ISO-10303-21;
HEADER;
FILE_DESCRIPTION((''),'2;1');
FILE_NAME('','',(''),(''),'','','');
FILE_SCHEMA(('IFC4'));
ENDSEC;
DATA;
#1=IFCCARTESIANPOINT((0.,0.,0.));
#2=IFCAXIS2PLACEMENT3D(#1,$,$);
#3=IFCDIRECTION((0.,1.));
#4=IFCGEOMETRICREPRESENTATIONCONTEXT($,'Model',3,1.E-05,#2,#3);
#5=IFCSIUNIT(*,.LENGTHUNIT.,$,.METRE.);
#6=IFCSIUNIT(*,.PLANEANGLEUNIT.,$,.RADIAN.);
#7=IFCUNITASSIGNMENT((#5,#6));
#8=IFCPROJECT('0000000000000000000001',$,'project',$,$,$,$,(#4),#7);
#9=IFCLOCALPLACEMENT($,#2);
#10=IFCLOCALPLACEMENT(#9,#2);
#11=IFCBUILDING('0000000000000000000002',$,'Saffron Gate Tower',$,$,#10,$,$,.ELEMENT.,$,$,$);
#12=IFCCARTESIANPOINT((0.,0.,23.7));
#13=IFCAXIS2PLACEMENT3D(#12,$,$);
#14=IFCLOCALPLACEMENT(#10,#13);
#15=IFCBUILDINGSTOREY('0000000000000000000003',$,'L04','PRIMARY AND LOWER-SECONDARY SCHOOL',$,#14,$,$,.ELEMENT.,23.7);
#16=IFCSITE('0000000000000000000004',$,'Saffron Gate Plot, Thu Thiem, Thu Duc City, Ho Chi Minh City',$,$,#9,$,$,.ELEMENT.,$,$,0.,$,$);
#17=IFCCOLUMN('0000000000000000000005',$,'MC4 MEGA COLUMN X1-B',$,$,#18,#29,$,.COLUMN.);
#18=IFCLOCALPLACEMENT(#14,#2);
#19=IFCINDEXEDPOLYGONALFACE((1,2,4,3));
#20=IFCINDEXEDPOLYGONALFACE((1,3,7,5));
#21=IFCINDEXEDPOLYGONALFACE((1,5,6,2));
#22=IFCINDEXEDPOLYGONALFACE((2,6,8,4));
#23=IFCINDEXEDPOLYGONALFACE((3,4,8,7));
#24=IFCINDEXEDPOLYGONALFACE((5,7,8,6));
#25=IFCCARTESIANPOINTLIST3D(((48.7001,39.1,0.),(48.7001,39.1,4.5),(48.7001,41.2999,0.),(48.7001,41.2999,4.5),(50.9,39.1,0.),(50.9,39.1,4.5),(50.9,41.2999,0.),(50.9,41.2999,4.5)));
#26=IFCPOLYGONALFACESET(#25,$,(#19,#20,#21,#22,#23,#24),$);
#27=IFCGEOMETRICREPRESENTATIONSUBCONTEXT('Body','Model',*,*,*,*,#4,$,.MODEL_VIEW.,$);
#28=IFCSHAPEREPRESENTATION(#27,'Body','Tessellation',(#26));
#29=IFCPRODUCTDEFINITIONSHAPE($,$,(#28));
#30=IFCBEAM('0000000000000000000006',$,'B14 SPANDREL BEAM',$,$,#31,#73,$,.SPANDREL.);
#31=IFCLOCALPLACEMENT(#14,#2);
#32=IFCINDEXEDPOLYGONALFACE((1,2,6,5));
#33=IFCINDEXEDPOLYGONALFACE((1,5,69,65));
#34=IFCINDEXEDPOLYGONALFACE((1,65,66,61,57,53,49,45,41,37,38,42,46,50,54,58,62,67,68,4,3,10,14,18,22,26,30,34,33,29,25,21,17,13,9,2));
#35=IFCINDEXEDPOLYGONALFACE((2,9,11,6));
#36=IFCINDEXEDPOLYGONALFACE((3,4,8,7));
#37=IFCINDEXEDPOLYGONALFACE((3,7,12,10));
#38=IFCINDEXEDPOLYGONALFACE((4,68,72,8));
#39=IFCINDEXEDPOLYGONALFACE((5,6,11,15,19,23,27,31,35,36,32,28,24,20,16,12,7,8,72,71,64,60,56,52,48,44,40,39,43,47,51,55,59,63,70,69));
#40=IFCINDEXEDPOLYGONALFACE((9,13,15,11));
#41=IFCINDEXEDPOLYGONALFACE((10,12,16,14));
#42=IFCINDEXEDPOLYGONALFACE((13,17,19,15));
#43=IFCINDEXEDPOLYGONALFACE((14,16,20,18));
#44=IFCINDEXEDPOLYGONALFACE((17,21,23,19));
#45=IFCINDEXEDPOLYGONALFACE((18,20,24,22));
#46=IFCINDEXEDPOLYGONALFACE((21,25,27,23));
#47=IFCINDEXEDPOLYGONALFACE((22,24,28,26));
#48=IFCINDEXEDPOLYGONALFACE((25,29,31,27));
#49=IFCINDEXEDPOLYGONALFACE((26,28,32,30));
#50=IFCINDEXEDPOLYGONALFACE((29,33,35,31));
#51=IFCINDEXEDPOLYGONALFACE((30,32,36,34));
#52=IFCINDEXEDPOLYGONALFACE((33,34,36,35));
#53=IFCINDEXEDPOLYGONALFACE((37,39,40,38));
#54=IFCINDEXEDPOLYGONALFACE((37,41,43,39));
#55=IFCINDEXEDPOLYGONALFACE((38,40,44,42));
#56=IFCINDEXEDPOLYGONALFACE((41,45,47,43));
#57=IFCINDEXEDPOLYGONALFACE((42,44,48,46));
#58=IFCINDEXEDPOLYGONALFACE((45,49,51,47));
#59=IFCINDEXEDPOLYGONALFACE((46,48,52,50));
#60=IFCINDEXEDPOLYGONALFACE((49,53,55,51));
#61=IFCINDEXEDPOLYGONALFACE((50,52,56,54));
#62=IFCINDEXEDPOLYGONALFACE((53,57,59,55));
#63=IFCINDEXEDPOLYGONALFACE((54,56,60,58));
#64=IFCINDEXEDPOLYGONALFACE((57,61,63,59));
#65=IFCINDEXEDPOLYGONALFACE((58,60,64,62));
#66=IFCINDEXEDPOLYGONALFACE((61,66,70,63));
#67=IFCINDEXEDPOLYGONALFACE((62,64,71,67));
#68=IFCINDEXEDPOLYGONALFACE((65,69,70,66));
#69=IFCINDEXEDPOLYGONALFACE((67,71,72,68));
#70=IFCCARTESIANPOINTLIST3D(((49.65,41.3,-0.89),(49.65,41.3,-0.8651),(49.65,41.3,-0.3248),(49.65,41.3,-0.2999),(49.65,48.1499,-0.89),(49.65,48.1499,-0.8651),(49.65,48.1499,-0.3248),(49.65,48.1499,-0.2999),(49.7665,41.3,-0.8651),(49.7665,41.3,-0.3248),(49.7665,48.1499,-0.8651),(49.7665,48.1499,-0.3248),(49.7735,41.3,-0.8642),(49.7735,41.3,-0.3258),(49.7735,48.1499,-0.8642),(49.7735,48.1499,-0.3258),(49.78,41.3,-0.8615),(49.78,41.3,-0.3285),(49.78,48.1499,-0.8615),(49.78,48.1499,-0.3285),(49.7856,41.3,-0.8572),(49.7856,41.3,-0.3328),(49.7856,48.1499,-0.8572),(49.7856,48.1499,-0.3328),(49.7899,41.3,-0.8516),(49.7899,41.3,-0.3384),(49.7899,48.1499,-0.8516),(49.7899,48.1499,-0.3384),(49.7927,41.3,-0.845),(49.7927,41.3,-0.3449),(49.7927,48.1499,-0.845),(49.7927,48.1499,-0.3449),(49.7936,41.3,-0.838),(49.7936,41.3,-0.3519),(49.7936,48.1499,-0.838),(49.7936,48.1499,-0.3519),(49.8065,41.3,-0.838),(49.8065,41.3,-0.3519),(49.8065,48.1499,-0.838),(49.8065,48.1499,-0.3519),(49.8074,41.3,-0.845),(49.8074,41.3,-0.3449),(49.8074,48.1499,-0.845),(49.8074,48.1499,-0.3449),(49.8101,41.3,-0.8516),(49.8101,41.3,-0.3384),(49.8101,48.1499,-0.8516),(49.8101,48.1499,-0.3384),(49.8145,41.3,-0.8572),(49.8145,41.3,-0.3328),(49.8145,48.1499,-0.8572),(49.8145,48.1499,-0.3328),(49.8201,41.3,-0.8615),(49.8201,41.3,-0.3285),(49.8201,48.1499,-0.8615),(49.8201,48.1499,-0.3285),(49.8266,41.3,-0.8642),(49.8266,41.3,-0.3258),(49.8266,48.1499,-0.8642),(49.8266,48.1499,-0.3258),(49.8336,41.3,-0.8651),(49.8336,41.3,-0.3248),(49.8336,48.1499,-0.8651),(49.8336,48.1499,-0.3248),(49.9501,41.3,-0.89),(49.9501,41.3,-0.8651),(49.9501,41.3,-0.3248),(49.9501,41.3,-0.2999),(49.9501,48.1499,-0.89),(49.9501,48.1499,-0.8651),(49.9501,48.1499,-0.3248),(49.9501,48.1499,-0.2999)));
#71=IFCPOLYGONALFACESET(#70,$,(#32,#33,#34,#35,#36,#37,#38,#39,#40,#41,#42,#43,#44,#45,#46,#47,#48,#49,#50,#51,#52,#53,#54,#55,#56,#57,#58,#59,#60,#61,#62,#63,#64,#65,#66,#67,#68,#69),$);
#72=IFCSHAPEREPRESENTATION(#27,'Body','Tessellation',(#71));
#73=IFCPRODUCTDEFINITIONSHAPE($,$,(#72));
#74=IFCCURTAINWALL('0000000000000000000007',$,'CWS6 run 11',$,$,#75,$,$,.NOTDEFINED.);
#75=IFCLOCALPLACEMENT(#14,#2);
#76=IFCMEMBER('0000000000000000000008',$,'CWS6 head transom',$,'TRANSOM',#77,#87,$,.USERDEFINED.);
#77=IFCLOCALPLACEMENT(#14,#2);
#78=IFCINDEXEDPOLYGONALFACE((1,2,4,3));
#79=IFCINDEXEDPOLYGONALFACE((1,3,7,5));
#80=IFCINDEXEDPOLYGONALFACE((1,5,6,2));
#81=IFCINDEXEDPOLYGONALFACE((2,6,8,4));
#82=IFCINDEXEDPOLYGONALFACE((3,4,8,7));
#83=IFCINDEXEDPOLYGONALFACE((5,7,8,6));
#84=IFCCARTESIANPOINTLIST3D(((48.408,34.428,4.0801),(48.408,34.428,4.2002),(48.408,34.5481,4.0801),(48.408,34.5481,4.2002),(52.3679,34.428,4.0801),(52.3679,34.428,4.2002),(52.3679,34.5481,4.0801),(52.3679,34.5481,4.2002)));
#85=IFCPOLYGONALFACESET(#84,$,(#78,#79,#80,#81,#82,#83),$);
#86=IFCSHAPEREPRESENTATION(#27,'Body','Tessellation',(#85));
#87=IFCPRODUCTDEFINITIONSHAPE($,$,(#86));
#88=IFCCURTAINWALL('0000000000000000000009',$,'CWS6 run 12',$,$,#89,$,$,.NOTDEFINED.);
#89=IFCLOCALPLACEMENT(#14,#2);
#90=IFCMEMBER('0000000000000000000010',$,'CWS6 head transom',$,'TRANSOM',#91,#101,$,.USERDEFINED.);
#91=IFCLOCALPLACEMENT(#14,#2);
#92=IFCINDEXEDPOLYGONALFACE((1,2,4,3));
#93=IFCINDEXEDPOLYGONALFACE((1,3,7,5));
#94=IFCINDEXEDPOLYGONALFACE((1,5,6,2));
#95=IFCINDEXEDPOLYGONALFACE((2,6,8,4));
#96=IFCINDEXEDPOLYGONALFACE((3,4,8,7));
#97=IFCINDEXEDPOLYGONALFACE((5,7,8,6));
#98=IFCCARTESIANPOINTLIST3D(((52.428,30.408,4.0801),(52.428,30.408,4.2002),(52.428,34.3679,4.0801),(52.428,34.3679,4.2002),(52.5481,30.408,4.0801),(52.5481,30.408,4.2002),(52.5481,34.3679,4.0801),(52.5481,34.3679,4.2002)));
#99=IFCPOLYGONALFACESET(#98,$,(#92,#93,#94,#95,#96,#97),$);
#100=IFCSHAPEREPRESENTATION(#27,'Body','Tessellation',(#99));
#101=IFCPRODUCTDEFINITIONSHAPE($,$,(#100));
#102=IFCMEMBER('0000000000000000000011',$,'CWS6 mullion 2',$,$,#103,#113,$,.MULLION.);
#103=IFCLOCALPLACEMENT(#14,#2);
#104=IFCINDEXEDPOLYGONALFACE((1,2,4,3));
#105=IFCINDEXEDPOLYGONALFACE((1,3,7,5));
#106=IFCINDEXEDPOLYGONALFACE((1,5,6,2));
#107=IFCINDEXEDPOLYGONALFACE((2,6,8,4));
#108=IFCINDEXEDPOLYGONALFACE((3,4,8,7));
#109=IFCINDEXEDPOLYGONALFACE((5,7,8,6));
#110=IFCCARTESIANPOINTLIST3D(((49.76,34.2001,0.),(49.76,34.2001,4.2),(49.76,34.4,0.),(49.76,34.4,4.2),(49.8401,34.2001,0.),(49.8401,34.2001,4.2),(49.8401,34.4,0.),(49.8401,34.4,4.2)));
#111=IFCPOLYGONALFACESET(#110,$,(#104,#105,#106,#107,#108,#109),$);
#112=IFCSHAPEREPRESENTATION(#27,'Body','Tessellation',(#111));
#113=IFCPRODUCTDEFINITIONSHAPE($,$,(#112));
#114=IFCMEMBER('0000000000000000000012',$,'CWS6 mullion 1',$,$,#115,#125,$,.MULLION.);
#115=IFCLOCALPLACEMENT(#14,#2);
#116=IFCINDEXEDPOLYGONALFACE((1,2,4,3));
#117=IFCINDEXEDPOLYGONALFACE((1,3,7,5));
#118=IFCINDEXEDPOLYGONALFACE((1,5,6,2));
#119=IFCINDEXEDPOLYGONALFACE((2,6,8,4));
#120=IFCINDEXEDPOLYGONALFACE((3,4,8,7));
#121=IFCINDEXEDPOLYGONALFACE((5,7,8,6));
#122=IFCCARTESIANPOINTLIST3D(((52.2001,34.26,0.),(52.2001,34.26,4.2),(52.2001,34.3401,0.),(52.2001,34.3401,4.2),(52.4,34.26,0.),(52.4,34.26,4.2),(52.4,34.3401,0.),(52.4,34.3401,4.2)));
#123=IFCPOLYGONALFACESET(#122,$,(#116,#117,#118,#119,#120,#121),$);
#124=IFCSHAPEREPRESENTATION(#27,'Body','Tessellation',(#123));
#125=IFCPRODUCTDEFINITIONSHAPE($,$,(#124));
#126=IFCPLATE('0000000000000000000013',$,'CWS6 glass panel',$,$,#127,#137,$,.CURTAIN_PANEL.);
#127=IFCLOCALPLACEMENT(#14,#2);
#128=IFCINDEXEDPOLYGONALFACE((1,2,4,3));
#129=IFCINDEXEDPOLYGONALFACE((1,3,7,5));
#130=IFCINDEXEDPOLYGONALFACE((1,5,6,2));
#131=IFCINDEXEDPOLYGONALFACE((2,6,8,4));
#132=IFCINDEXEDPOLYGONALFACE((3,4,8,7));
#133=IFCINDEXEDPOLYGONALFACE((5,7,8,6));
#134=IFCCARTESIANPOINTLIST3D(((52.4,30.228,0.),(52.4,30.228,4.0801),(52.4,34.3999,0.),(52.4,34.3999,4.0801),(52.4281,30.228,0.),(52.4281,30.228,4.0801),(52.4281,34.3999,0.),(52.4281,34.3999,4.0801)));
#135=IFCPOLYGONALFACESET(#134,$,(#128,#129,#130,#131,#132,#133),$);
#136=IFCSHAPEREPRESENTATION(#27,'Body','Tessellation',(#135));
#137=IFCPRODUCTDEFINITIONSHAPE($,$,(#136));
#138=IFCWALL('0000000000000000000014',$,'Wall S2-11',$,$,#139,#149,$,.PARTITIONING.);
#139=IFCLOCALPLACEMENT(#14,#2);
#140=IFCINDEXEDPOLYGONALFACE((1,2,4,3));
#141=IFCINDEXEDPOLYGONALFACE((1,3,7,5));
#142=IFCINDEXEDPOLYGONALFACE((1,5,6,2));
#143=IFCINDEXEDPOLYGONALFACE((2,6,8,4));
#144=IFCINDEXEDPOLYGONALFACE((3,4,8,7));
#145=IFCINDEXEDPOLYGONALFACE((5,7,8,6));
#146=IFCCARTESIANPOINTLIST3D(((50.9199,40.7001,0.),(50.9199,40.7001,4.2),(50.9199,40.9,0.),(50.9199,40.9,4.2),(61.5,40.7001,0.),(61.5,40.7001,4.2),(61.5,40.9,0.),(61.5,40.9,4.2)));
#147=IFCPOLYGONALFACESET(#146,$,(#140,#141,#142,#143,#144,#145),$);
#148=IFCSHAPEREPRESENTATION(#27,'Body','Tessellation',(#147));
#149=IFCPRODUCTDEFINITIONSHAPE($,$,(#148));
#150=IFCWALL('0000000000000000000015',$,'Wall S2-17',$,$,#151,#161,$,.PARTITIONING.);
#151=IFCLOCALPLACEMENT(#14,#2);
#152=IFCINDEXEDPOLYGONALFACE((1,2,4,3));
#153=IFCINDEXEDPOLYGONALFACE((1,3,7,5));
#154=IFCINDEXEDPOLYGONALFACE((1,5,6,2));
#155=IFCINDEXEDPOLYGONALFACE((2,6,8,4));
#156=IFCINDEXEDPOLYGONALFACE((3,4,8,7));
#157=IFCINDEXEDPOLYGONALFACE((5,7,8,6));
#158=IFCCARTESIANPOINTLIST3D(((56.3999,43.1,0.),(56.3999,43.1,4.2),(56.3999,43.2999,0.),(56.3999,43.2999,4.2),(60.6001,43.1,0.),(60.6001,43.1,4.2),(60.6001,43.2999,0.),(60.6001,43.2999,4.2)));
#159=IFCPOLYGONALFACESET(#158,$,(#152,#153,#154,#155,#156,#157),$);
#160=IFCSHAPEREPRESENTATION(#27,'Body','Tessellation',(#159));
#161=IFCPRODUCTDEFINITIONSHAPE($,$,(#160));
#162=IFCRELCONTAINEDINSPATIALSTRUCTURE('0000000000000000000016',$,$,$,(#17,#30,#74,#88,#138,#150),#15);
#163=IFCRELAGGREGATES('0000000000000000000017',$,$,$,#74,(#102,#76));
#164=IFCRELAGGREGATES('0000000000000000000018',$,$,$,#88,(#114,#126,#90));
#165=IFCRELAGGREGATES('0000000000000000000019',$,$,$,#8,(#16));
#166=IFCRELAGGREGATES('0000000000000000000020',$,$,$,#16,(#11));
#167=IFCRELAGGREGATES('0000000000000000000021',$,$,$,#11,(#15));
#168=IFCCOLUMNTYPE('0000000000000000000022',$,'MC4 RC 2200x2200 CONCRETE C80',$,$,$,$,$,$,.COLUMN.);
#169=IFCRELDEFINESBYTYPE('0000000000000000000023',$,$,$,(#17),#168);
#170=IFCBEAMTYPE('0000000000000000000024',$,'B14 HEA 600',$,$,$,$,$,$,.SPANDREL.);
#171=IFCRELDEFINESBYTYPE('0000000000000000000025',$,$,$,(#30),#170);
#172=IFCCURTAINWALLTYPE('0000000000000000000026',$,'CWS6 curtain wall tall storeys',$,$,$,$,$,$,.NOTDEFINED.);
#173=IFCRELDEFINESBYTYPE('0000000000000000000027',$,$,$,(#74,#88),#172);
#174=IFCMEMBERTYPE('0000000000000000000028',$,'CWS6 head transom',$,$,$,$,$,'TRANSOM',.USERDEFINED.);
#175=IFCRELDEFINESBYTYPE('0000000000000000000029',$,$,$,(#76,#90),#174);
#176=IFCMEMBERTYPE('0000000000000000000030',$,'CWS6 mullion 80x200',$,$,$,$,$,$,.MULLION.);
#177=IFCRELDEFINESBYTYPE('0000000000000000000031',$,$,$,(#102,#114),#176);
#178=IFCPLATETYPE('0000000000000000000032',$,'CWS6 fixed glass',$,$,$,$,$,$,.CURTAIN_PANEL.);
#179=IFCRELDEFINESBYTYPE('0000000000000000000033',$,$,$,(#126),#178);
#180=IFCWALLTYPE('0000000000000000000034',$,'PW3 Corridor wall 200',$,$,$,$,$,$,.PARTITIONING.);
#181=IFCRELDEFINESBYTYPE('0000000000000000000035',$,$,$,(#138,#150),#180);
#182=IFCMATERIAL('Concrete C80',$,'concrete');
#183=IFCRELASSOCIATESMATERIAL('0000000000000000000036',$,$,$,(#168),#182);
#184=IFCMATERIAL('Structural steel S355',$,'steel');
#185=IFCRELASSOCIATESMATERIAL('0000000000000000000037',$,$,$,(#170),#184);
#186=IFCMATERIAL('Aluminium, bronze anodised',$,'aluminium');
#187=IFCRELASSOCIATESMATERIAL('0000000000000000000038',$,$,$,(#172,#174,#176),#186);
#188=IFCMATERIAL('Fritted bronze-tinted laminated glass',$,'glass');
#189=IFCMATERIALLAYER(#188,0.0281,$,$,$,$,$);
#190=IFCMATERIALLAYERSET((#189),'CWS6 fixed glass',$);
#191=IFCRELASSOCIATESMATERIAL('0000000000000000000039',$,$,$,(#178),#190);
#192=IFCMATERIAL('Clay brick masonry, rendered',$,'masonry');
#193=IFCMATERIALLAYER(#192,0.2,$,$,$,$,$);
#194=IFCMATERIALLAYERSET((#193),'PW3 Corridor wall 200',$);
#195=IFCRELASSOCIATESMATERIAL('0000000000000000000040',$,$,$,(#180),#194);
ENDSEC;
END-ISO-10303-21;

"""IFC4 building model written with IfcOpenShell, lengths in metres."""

from ifc_helpers import new_model, si_unit, direction, frame, frame_2d, origin, origin_2d, place, context, subcontext, project, spatial, rectangle, i_section, extrude, material, layer, layer_set, material_profile, profile_set, type_object, element, aggregate, save


model = new_model("IFC4")

# Units and contexts
model_context = context("Model", 3, precision=1e-05, world=origin(), true_north=direction((0.0, 1.0)))
body_context = subcontext(model_context, "Body", "Model", "MODEL_VIEW")
ifc_project = project(units=[si_unit("LENGTHUNIT", "METRE"), si_unit("PLANEANGLEUNIT", "RADIAN")], contexts=[model_context])

# Site, building, storey
site_placement = place(None, origin())
site = spatial("IfcSite", under=ifc_project, at=site_placement, Name="Saffron Gate Plot, Thu Thiem, Thu Duc City, Ho Chi Minh City", CompositionType="ELEMENT", RefElevation=0.0)
building_placement = place(site_placement, origin())
building = spatial("IfcBuilding", under=site, at=building_placement, Name="Saffron Gate Tower", CompositionType="ELEMENT")
storey_placement = place(building_placement, frame((0.0, 0.0, 23.7)))
storey = spatial("IfcBuildingStorey", under=building, at=storey_placement, Name="L04", Description="PRIMARY AND LOWER-SECONDARY SCHOOL", CompositionType="ELEMENT", Elevation=23.7)

# Column
ifc_material_1 = material(Name="Concrete C80", Category="concrete")
ifc_material_profile_1 = material_profile(ifc_material_1, rectangle(XDim=2.2, YDim=2.2, at=origin_2d()))
ifc_profile_set_1 = profile_set([ifc_material_profile_1], Name="Concrete C80")
column_type = type_object("IfcColumnType", Name="MC4 RC 2200x2200 CONCRETE C80", PredefinedType="COLUMN", material=ifc_profile_set_1)
column_placement = place(storey_placement, frame((49.8, 40.2, 0.0), z_axis=(0.0, 0.0, 1.0), x_axis=(1.0, 0.0, 0.0)))
element("IfcColumn", 1, at=column_placement, inside=storey, type_object=column_type, Name="MC4 MEGA COLUMN X1-B", PredefinedType="COLUMN", context=body_context, shape_type="SweptSolid", body=[
    extrude(rectangle(XDim=2.2, YDim=2.2, at=origin_2d()), origin(), (0.0, 0.0, 1.0), 4.5),
])

# Beam
ifc_material_2 = material(Name="Structural steel S355", Category="steel")
ifc_material_profile_2 = material_profile(ifc_material_2, i_section(OverallWidth=0.3, OverallDepth=0.5901, WebThickness=0.0129, FlangeThickness=0.0249, FilletRadius=0.0271, at=origin_2d()))
ifc_profile_set_2 = profile_set([ifc_material_profile_2], Name="Structural steel S355")
beam_type = type_object("IfcBeamType", Name="B14 HEA 600", PredefinedType="SPANDREL", material=ifc_profile_set_2)
beam_placement = place(storey_placement, frame((49.8, 41.3, -0.595), z_axis=(0.0, 1.0, 0.0), x_axis=(-1.0, 0.0, 0.0)))
element("IfcBeam", 2, at=beam_placement, inside=storey, type_object=beam_type, Name="B14 SPANDREL BEAM", PredefinedType="SPANDREL", context=body_context, shape_type="SweptSolid", body=[
    extrude(i_section(OverallWidth=0.3, OverallDepth=0.5901, WebThickness=0.0129, FlangeThickness=0.0249, FilletRadius=0.0271, at=origin_2d()), origin(), (0.0, 0.0, 1.0), 6.8499),
])

# Curtain walls, members
ifc_material_3 = material(Name="Aluminium, bronze anodised", Category="aluminium")
curtain_wall_type = type_object("IfcCurtainWallType", Name="CWS6 curtain wall tall storeys", PredefinedType="NOTDEFINED", material=ifc_material_3)
curtain_wall_1_placement = place(storey_placement, origin())
curtain_wall_1 = element("IfcCurtainWall", 3, at=curtain_wall_1_placement, inside=storey, type_object=curtain_wall_type, Name="CWS6 run 11", PredefinedType="NOTDEFINED")
ifc_material_profile_3 = material_profile(ifc_material_3, rectangle(XDim=0.1201, YDim=0.1201, at=origin_2d()))
ifc_profile_set_3 = profile_set([ifc_material_profile_3], Name="Aluminium, bronze anodised")
member_type_1 = type_object("IfcMemberType", Name="CWS6 head transom", ElementType="TRANSOM", PredefinedType="USERDEFINED", material=ifc_profile_set_3)
member_1_placement = place(storey_placement, frame((48.408, 34.488, 4.1401), z_axis=(1.0, 0.0, 0.0), x_axis=(0.0, 1.0, 0.0)))
member_1 = element("IfcMember", 4, at=member_1_placement, type_object=member_type_1, Name="CWS6 head transom", ObjectType="TRANSOM", PredefinedType="USERDEFINED", context=body_context, shape_type="SweptSolid", body=[
    extrude(rectangle(XDim=0.1201, YDim=0.1201, at=origin_2d()), origin(), (0.0, 0.0, 1.0), 3.96),
])
curtain_wall_2_placement = place(storey_placement, origin())
curtain_wall_2 = element("IfcCurtainWall", 5, at=curtain_wall_2_placement, inside=storey, type_object=curtain_wall_type, Name="CWS6 run 12", PredefinedType="NOTDEFINED")
member_2_placement = place(storey_placement, frame((52.488, 34.3679, 4.1401), z_axis=(0.0, -1.0, 0.0), x_axis=(1.0, 0.0, 0.0)))
member_2 = element("IfcMember", 6, at=member_2_placement, type_object=member_type_1, Name="CWS6 head transom", ObjectType="TRANSOM", PredefinedType="USERDEFINED", context=body_context, shape_type="SweptSolid", body=[
    extrude(rectangle(XDim=0.1201, YDim=0.1201, at=origin_2d()), origin(), (0.0, 0.0, 1.0), 3.96),
])

# Members
ifc_material_profile_4 = material_profile(ifc_material_3, rectangle(XDim=0.2, YDim=0.0801, at=origin_2d()))
ifc_profile_set_4 = profile_set([ifc_material_profile_4], Name="Aluminium, bronze anodised")
member_type_2 = type_object("IfcMemberType", Name="CWS6 mullion 80x200", PredefinedType="MULLION", material=ifc_profile_set_4)
member_3_placement = place(storey_placement, frame((49.8, 34.3, 0.0), z_axis=(0.0, 0.0, 1.0), x_axis=(0.0, 1.0, 0.0)))
member_3 = element("IfcMember", 7, at=member_3_placement, type_object=member_type_2, Name="CWS6 mullion 2", PredefinedType="MULLION", context=body_context, shape_type="SweptSolid", body=[
    extrude(rectangle(XDim=0.2, YDim=0.0801, at=origin_2d()), origin(), (0.0, 0.0, 1.0), 4.2),
])
aggregate(curtain_wall_1, [member_3, member_1])
member_4_placement = place(storey_placement, frame((52.3, 34.3, 0.0), z_axis=(0.0, 0.0, 1.0), x_axis=(1.0, 0.0, 0.0)))
member_4 = element("IfcMember", 8, at=member_4_placement, type_object=member_type_2, Name="CWS6 mullion 1", PredefinedType="MULLION", context=body_context, shape_type="SweptSolid", body=[
    extrude(rectangle(XDim=0.2, YDim=0.0801, at=origin_2d()), origin(), (0.0, 0.0, 1.0), 4.2),
])

# Plate
ifc_material_4 = material(Name="Fritted bronze-tinted laminated glass", Category="glass")
ifc_layer_1 = layer(ifc_material_4, 0.0281)
ifc_layer_set_1 = layer_set([ifc_layer_1], Name="CWS6 fixed glass")
plate_type = type_object("IfcPlateType", Name="CWS6 fixed glass", PredefinedType="CURTAIN_PANEL", material=ifc_layer_set_1)
plate_placement = place(storey_placement, frame((52.4141, 34.3999, 0.0), z_axis=(0.0, 0.0, 1.0), x_axis=(0.0, -1.0, 0.0)))
plate = element("IfcPlate", 9, at=plate_placement, type_object=plate_type, Name="CWS6 glass panel", PredefinedType="CURTAIN_PANEL", context=body_context, shape_type="SweptSolid", body=[
    extrude(rectangle(XDim=4.1719, YDim=0.0281, at=frame_2d((2.0859, 0.0))), origin(), (0.0, 0.0, 1.0), 4.0801),
])
aggregate(curtain_wall_2, [member_4, plate, member_2])

# Walls
ifc_material_5 = material(Name="Clay brick masonry, rendered", Category="masonry")
ifc_layer_2 = layer(ifc_material_5, 0.2)
ifc_layer_set_2 = layer_set([ifc_layer_2], Name="PW3 Corridor wall 200")
wall_type = type_object("IfcWallType", Name="PW3 Corridor wall 200", PredefinedType="PARTITIONING", material=ifc_layer_set_2)
wall_1_placement = place(storey_placement, frame((50.9199, 40.8, 0.0), z_axis=(0.0, 0.0, 1.0), x_axis=(1.0, 0.0, 0.0)))
element("IfcWall", 10, at=wall_1_placement, inside=storey, type_object=wall_type, Name="Wall S2-11", PredefinedType="PARTITIONING", context=body_context, shape_type="SweptSolid", body=[
    extrude(rectangle(XDim=10.5801, YDim=0.2, at=frame_2d((5.29, 0.0))), origin(), (0.0, 0.0, 1.0), 4.2),
])
wall_2_placement = place(storey_placement, frame((56.3999, 43.2, 0.0), z_axis=(0.0, 0.0, 1.0), x_axis=(1.0, 0.0, 0.0)))
element("IfcWall", 11, at=wall_2_placement, inside=storey, type_object=wall_type, Name="Wall S2-17", PredefinedType="PARTITIONING", context=body_context, shape_type="SweptSolid", body=[
    extrude(rectangle(XDim=4.2002, YDim=0.2, at=frame_2d((2.1001, 0.0))), origin(), (0.0, 0.0, 1.0), 4.2),
])

save(model, "model.ifc")
